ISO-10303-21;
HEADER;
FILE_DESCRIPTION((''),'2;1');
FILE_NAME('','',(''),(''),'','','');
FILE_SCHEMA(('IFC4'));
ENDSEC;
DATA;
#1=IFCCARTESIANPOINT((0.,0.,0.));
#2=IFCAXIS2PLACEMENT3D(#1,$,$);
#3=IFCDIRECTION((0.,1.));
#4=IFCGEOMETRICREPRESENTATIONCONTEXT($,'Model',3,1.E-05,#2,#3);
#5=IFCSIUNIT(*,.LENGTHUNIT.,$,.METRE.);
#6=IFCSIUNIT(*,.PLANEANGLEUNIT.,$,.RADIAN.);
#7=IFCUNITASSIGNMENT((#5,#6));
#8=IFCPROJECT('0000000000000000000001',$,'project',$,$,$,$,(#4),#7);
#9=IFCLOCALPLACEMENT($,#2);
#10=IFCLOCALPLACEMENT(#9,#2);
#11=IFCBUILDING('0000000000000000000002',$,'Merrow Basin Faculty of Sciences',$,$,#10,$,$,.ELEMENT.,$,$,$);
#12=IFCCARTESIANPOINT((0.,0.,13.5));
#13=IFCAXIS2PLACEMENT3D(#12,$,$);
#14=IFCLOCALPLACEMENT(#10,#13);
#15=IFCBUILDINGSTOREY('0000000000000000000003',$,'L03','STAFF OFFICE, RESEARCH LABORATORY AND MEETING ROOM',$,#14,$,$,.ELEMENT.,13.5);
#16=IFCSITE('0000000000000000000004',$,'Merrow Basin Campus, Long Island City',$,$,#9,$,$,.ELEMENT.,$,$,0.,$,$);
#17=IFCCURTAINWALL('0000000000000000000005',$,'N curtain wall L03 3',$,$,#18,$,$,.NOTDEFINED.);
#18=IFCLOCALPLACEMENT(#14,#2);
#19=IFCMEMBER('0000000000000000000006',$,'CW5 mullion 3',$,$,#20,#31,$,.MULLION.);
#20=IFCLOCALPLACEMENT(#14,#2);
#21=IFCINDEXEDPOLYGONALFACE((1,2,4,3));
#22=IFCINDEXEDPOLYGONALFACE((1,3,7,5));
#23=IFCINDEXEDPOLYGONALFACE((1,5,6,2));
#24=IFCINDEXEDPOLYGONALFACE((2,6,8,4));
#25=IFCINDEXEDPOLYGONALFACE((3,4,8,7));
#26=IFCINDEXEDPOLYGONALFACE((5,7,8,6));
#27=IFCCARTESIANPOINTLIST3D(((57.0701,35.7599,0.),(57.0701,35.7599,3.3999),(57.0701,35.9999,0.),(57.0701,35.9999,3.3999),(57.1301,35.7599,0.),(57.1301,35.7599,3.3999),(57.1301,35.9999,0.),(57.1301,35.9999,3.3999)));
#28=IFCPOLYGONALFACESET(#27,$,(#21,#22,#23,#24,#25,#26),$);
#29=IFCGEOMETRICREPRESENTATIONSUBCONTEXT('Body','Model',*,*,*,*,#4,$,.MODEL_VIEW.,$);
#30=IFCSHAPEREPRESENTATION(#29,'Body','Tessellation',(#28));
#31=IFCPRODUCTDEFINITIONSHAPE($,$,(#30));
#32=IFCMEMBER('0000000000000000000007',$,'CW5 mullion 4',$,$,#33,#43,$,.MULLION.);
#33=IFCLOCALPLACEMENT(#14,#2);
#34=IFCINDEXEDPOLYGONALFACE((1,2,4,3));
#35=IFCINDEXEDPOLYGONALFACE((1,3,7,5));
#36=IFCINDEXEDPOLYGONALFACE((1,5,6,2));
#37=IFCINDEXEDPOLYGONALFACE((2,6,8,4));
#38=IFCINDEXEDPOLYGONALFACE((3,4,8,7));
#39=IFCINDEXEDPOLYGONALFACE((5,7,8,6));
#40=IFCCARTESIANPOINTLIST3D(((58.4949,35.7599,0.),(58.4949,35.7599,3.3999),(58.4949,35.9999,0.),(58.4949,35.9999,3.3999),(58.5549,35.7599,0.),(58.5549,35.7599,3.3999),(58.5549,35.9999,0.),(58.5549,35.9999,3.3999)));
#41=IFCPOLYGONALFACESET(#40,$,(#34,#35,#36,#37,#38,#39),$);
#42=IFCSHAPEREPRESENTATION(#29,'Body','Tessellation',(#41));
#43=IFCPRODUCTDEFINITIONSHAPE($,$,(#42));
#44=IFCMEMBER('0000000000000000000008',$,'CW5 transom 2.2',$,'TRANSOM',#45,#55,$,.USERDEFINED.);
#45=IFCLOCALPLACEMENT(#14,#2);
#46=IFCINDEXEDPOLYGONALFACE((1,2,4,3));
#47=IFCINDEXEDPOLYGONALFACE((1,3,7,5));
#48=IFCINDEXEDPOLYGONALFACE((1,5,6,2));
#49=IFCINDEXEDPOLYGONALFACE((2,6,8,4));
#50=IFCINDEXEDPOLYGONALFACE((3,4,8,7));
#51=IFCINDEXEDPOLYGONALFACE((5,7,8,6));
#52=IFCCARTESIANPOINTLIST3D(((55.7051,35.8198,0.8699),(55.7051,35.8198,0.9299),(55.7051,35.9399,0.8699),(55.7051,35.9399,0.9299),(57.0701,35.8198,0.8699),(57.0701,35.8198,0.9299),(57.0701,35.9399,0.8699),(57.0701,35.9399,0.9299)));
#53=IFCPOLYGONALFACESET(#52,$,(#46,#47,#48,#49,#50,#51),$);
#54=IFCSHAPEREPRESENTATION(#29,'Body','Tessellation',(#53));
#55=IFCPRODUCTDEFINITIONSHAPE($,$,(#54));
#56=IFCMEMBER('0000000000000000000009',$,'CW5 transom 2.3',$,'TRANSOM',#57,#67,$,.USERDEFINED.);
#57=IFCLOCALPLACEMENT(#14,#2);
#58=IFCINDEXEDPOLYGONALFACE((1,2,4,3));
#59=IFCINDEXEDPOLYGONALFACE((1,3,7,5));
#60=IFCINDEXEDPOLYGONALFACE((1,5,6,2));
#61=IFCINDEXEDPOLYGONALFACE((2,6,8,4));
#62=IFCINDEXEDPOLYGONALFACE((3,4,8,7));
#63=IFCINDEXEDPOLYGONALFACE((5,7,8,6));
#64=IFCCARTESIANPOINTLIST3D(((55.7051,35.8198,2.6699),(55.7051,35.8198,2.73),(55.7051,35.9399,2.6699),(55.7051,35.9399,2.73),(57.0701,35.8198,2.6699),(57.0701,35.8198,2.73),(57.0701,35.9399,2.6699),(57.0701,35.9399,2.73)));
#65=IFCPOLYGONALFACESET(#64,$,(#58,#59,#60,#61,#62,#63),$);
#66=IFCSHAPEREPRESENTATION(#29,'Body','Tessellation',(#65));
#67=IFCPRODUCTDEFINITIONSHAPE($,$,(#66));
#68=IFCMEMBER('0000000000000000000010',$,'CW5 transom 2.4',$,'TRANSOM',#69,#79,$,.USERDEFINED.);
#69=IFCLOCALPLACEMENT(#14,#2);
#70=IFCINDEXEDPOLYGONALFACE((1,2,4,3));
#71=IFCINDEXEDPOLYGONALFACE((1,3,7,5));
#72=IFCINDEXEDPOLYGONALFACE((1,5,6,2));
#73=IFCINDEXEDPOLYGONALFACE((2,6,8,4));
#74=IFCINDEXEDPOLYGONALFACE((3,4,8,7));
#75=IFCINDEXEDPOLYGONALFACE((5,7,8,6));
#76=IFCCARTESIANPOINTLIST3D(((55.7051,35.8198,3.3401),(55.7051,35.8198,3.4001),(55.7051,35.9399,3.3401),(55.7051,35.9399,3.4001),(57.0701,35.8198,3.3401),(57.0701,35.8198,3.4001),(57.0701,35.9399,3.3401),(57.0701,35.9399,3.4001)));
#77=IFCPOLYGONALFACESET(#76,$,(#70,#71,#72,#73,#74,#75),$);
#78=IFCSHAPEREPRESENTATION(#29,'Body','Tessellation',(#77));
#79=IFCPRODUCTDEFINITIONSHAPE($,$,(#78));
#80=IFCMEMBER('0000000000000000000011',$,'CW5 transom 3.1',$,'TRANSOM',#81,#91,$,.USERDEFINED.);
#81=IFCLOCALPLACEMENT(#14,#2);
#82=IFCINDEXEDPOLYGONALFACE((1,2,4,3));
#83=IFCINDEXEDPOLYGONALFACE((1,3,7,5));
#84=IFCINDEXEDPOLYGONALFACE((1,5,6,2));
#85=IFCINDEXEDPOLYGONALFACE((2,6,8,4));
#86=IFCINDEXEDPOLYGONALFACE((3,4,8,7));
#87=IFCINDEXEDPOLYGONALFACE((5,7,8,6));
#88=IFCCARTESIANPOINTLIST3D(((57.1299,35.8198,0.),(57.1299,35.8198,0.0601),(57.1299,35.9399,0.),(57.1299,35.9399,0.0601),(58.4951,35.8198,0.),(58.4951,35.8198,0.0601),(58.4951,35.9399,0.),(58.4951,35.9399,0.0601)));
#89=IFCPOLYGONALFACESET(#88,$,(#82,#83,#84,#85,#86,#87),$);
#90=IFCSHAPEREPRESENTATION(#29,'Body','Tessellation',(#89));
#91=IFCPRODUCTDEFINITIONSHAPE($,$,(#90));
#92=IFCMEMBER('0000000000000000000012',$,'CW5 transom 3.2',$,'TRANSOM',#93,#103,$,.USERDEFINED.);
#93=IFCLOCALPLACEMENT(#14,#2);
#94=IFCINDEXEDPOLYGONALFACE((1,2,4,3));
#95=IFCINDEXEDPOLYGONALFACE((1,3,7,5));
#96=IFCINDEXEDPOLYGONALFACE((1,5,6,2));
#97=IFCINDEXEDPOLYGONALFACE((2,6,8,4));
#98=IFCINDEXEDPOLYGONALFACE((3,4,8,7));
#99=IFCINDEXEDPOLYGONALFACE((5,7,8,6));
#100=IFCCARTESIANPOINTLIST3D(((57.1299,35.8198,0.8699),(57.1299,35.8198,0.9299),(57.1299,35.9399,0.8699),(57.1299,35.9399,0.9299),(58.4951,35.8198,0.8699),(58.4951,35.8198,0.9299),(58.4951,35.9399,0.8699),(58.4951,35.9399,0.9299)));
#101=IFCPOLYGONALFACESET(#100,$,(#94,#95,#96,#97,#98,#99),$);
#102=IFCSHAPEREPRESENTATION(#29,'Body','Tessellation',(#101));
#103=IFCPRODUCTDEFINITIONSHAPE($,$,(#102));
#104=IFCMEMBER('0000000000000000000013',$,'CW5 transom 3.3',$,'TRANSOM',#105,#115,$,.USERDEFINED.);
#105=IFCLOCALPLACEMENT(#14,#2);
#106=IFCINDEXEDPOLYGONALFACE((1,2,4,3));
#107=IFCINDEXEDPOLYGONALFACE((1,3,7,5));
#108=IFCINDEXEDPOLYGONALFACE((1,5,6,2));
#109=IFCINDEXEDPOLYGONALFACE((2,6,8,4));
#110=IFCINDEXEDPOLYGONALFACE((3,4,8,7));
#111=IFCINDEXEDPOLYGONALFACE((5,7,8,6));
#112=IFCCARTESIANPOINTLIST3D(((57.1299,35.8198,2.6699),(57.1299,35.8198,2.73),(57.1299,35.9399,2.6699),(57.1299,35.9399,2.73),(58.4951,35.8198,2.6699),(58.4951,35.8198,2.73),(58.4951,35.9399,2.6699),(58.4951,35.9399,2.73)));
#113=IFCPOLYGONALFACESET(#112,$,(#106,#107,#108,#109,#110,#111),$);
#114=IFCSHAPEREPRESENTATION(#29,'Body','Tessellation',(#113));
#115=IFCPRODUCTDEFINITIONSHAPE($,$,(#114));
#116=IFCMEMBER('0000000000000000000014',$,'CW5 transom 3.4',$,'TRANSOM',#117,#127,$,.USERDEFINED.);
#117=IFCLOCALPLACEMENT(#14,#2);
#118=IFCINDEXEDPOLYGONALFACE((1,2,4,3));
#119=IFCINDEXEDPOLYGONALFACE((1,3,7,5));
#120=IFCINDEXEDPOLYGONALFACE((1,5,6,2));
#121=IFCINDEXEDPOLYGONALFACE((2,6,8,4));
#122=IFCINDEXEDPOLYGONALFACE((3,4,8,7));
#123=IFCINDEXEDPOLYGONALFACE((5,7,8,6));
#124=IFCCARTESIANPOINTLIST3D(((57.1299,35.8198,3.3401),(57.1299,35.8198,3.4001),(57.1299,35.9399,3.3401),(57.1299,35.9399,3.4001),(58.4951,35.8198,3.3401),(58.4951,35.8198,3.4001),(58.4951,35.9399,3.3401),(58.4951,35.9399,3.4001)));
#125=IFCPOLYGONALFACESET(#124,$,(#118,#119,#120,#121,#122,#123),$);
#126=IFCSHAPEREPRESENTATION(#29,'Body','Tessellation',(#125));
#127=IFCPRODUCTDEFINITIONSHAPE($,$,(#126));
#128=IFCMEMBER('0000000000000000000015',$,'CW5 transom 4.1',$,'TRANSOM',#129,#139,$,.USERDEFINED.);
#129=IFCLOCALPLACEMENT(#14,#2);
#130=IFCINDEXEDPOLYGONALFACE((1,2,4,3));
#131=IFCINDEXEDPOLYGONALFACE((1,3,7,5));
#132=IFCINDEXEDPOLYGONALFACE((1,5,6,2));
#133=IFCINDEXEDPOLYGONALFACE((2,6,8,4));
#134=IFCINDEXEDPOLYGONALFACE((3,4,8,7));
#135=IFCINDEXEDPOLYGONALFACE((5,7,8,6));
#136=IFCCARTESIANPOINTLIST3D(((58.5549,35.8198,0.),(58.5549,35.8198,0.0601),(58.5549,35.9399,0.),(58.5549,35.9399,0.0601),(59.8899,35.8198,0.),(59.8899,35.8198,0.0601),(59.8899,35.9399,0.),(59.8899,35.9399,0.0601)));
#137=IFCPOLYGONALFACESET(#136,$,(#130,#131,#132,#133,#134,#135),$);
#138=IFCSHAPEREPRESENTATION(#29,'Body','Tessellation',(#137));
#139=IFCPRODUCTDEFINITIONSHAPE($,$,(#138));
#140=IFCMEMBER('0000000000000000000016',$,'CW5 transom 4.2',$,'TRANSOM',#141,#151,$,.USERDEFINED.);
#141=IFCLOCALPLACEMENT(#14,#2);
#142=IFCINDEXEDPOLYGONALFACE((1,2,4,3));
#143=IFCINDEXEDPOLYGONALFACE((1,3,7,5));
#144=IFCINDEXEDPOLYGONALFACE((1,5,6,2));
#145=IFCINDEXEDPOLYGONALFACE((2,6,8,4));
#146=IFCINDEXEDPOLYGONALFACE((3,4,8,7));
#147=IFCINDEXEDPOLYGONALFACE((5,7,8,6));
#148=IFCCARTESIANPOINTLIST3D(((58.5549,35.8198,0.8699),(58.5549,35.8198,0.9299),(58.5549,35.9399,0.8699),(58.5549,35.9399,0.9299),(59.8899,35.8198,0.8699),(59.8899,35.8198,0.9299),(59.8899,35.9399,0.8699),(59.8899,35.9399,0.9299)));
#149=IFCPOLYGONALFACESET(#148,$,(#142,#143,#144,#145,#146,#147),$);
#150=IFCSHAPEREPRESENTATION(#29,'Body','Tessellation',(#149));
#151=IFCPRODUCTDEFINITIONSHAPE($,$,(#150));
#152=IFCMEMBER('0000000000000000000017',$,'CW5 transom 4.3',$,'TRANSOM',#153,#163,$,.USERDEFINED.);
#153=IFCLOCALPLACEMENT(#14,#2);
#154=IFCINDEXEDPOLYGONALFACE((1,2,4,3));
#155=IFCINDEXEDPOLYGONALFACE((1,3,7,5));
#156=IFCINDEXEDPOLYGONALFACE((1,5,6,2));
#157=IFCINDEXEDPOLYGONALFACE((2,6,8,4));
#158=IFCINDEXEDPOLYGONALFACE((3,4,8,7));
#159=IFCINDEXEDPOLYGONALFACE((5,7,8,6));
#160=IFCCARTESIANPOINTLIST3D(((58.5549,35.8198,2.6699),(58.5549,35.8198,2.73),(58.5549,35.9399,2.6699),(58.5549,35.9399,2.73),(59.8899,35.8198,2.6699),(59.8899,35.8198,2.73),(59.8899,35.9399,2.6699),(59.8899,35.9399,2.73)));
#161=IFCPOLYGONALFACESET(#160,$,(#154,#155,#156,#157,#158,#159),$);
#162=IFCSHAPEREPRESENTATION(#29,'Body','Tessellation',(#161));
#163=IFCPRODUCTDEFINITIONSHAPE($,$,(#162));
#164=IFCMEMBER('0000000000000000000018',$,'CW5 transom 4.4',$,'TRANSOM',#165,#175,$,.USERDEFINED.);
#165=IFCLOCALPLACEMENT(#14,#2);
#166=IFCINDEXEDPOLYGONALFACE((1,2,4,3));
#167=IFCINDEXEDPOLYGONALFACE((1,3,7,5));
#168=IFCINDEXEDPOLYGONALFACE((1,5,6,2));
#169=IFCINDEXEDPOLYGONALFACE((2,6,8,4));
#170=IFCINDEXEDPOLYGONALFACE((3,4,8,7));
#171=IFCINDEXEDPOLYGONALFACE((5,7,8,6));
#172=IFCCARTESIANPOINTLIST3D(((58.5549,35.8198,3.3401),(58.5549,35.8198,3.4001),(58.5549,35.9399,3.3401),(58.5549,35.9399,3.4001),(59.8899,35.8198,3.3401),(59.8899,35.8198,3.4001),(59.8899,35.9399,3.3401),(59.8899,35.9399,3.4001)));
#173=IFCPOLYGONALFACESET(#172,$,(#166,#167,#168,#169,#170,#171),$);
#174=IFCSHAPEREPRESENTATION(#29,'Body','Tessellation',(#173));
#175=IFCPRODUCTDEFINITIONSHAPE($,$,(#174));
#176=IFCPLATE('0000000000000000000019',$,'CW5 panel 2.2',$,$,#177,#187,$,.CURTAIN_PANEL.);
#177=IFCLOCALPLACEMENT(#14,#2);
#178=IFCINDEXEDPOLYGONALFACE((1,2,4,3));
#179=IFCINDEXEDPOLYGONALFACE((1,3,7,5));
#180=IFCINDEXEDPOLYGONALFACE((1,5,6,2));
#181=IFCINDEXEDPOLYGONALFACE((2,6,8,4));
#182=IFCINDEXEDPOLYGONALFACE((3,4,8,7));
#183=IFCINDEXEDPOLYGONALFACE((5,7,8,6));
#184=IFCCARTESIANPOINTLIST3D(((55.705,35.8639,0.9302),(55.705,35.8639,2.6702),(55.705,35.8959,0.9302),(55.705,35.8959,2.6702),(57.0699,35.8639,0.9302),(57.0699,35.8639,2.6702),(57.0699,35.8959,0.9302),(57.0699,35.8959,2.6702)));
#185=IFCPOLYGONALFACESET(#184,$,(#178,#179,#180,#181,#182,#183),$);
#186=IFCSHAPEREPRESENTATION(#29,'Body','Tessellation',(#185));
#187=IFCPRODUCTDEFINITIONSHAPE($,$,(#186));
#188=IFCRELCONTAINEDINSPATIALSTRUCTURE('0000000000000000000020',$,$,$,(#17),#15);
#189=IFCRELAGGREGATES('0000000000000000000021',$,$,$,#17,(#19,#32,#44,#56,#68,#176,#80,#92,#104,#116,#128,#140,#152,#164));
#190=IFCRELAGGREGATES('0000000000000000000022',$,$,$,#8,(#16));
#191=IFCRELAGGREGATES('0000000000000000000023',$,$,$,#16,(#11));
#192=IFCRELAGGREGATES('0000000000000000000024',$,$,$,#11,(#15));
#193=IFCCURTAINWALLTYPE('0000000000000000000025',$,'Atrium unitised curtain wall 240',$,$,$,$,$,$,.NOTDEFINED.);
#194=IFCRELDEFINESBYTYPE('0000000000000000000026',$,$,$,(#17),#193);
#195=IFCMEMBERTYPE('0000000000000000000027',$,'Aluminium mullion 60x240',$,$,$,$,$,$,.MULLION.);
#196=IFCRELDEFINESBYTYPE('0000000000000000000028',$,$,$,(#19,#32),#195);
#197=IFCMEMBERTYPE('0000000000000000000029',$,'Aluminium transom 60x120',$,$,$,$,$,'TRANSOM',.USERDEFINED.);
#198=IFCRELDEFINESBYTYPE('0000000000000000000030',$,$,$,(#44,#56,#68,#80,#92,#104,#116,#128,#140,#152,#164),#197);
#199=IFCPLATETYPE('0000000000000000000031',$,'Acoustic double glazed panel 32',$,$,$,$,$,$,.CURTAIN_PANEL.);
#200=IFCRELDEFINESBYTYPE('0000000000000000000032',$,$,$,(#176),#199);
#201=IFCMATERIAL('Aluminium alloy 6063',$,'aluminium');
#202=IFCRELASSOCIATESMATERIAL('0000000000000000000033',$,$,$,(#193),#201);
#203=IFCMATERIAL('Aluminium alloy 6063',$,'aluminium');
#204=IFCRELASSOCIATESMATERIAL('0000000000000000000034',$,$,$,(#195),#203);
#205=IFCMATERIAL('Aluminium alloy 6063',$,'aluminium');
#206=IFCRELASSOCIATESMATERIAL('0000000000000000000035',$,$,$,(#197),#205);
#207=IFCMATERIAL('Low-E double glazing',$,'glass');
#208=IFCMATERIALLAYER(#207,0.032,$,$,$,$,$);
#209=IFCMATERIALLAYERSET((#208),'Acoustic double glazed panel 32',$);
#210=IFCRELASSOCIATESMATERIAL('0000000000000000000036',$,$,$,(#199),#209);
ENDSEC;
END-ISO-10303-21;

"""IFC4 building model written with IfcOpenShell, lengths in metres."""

from ifc_helpers import new_model, si_unit, direction, frame, origin, origin_2d, place, context, subcontext, project, spatial, rectangle, extrude, material, layer, layer_set, material_profile, profile_set, type_object, element, aggregate, save


model = new_model("IFC4")

# Units and contexts
model_context = context("Model", 3, precision=1e-05, world=origin(), true_north=direction((0.0, 1.0)))
body_context = subcontext(model_context, "Body", "Model", "MODEL_VIEW")
ifc_project = project(units=[si_unit("LENGTHUNIT", "METRE"), si_unit("PLANEANGLEUNIT", "RADIAN")], contexts=[model_context])

# Site, building, storey
site_placement = place(None, origin())
site = spatial("IfcSite", under=ifc_project, at=site_placement, Name="Merrow Basin Campus, Long Island City", CompositionType="ELEMENT", RefElevation=0.0)
building_placement = place(site_placement, origin())
building = spatial("IfcBuilding", under=site, at=building_placement, Name="Merrow Basin Faculty of Sciences", CompositionType="ELEMENT")
storey_placement = place(building_placement, frame((0.0, 0.0, 13.5)))
storey = spatial("IfcBuildingStorey", under=building, at=storey_placement, Name="L03", Description="STAFF OFFICE, RESEARCH LABORATORY AND MEETING ROOM", CompositionType="ELEMENT", Elevation=13.5)

# Curtain wall, members, plate
ifc_material_1 = material(Name="Aluminium alloy 6063", Category="aluminium")
curtain_wall_type = type_object("IfcCurtainWallType", Name="Atrium unitised curtain wall 240", PredefinedType="NOTDEFINED", material=ifc_material_1)
curtain_wall_placement = place(storey_placement, origin())
curtain_wall = element("IfcCurtainWall", 1, at=curtain_wall_placement, inside=storey, type_object=curtain_wall_type, Name="N curtain wall L03 3", PredefinedType="NOTDEFINED")
ifc_material_2 = material(Name="Aluminium alloy 6063", Category="aluminium")
ifc_material_profile_1 = material_profile(ifc_material_2, rectangle(XDim=0.24, YDim=0.0601, at=origin_2d()))
ifc_profile_set_1 = profile_set([ifc_material_profile_1], Name="Aluminium alloy 6063")
member_type_1 = type_object("IfcMemberType", Name="Aluminium mullion 60x240", PredefinedType="MULLION", material=ifc_profile_set_1)
member_1_placement = place(storey_placement, frame((57.1001, 35.8799, 0.0), z_axis=(0.0, 0.0, 1.0), x_axis=(0.0, 1.0, 0.0)))
member_1 = element("IfcMember", 2, at=member_1_placement, type_object=member_type_1, Name="CW5 mullion 3", PredefinedType="MULLION", context=body_context, shape_type="SweptSolid", body=[
    extrude(rectangle(XDim=0.24, YDim=0.0601, at=origin_2d()), origin(), (0.0, 0.0, 1.0), 3.3999),
])
member_2_placement = place(storey_placement, frame((58.5249, 35.8799, 0.0), z_axis=(0.0, 0.0, 1.0), x_axis=(0.0, 1.0, 0.0)))
member_2 = element("IfcMember", 3, at=member_2_placement, type_object=member_type_1, Name="CW5 mullion 4", PredefinedType="MULLION", context=body_context, shape_type="SweptSolid", body=[
    extrude(rectangle(XDim=0.24, YDim=0.0601, at=origin_2d()), origin(), (0.0, 0.0, 1.0), 3.3999),
])
ifc_material_3 = material(Name="Aluminium alloy 6063", Category="aluminium")
ifc_material_profile_2 = material_profile(ifc_material_3, rectangle(XDim=0.1201, YDim=0.0601, at=origin_2d()))
ifc_profile_set_2 = profile_set([ifc_material_profile_2], Name="Aluminium alloy 6063")
member_type_2 = type_object("IfcMemberType", Name="Aluminium transom 60x120", ElementType="TRANSOM", PredefinedType="USERDEFINED", material=ifc_profile_set_2)
member_3_placement = place(storey_placement, frame((55.7051, 35.8799, 0.8999), z_axis=(1.0, 0.0, 0.0), x_axis=(0.0, 1.0, 0.0)))
member_3 = element("IfcMember", 4, at=member_3_placement, type_object=member_type_2, Name="CW5 transom 2.2", ObjectType="TRANSOM", PredefinedType="USERDEFINED", context=body_context, shape_type="SweptSolid", body=[
    extrude(rectangle(XDim=0.1201, YDim=0.0601, at=origin_2d()), origin(), (0.0, 0.0, 1.0), 1.365),
])
member_4_placement = place(storey_placement, frame((55.7051, 35.8799, 2.7), z_axis=(1.0, 0.0, 0.0), x_axis=(0.0, 1.0, 0.0)))
member_4 = element("IfcMember", 5, at=member_4_placement, type_object=member_type_2, Name="CW5 transom 2.3", ObjectType="TRANSOM", PredefinedType="USERDEFINED", context=body_context, shape_type="SweptSolid", body=[
    extrude(rectangle(XDim=0.1201, YDim=0.0601, at=origin_2d()), origin(), (0.0, 0.0, 1.0), 1.365),
])
member_5_placement = place(storey_placement, frame((55.7051, 35.8799, 3.3701), z_axis=(1.0, 0.0, 0.0), x_axis=(0.0, 1.0, 0.0)))
member_5 = element("IfcMember", 6, at=member_5_placement, type_object=member_type_2, Name="CW5 transom 2.4", ObjectType="TRANSOM", PredefinedType="USERDEFINED", context=body_context, shape_type="SweptSolid", body=[
    extrude(rectangle(XDim=0.1201, YDim=0.0601, at=origin_2d()), origin(), (0.0, 0.0, 1.0), 1.365),
])
member_6_placement = place(storey_placement, frame((57.1299, 35.8799, 0.03), z_axis=(1.0, 0.0, 0.0), x_axis=(0.0, 1.0, 0.0)))
member_6 = element("IfcMember", 7, at=member_6_placement, type_object=member_type_2, Name="CW5 transom 3.1", ObjectType="TRANSOM", PredefinedType="USERDEFINED", context=body_context, shape_type="SweptSolid", body=[
    extrude(rectangle(XDim=0.1201, YDim=0.0601, at=origin_2d()), origin(), (0.0, 0.0, 1.0), 1.3652),
])
member_7_placement = place(storey_placement, frame((57.1299, 35.8799, 0.8999), z_axis=(1.0, 0.0, 0.0), x_axis=(0.0, 1.0, 0.0)))
member_7 = element("IfcMember", 8, at=member_7_placement, type_object=member_type_2, Name="CW5 transom 3.2", ObjectType="TRANSOM", PredefinedType="USERDEFINED", context=body_context, shape_type="SweptSolid", body=[
    extrude(rectangle(XDim=0.1201, YDim=0.0601, at=origin_2d()), origin(), (0.0, 0.0, 1.0), 1.3652),
])
member_8_placement = place(storey_placement, frame((57.1299, 35.8799, 2.7), z_axis=(1.0, 0.0, 0.0), x_axis=(0.0, 1.0, 0.0)))
member_8 = element("IfcMember", 9, at=member_8_placement, type_object=member_type_2, Name="CW5 transom 3.3", ObjectType="TRANSOM", PredefinedType="USERDEFINED", context=body_context, shape_type="SweptSolid", body=[
    extrude(rectangle(XDim=0.1201, YDim=0.0601, at=origin_2d()), origin(), (0.0, 0.0, 1.0), 1.3652),
])
member_9_placement = place(storey_placement, frame((57.1299, 35.8799, 3.3701), z_axis=(1.0, 0.0, 0.0), x_axis=(0.0, 1.0, 0.0)))
member_9 = element("IfcMember", 10, at=member_9_placement, type_object=member_type_2, Name="CW5 transom 3.4", ObjectType="TRANSOM", PredefinedType="USERDEFINED", context=body_context, shape_type="SweptSolid", body=[
    extrude(rectangle(XDim=0.1201, YDim=0.0601, at=origin_2d()), origin(), (0.0, 0.0, 1.0), 1.3652),
])
member_10_placement = place(storey_placement, frame((58.5549, 35.8799, 0.03), z_axis=(1.0, 0.0, 0.0), x_axis=(0.0, 1.0, 0.0)))
member_10 = element("IfcMember", 11, at=member_10_placement, type_object=member_type_2, Name="CW5 transom 4.1", ObjectType="TRANSOM", PredefinedType="USERDEFINED", context=body_context, shape_type="SweptSolid", body=[
    extrude(rectangle(XDim=0.1201, YDim=0.0601, at=origin_2d()), origin(), (0.0, 0.0, 1.0), 1.335),
])
member_11_placement = place(storey_placement, frame((58.5549, 35.8799, 0.8999), z_axis=(1.0, 0.0, 0.0), x_axis=(0.0, 1.0, 0.0)))
member_11 = element("IfcMember", 12, at=member_11_placement, type_object=member_type_2, Name="CW5 transom 4.2", ObjectType="TRANSOM", PredefinedType="USERDEFINED", context=body_context, shape_type="SweptSolid", body=[
    extrude(rectangle(XDim=0.1201, YDim=0.0601, at=origin_2d()), origin(), (0.0, 0.0, 1.0), 1.335),
])
member_12_placement = place(storey_placement, frame((58.5549, 35.8799, 2.7), z_axis=(1.0, 0.0, 0.0), x_axis=(0.0, 1.0, 0.0)))
member_12 = element("IfcMember", 13, at=member_12_placement, type_object=member_type_2, Name="CW5 transom 4.3", ObjectType="TRANSOM", PredefinedType="USERDEFINED", context=body_context, shape_type="SweptSolid", body=[
    extrude(rectangle(XDim=0.1201, YDim=0.0601, at=origin_2d()), origin(), (0.0, 0.0, 1.0), 1.335),
])
member_13_placement = place(storey_placement, frame((58.5549, 35.8799, 3.3701), z_axis=(1.0, 0.0, 0.0), x_axis=(0.0, 1.0, 0.0)))
member_13 = element("IfcMember", 14, at=member_13_placement, type_object=member_type_2, Name="CW5 transom 4.4", ObjectType="TRANSOM", PredefinedType="USERDEFINED", context=body_context, shape_type="SweptSolid", body=[
    extrude(rectangle(XDim=0.1201, YDim=0.0601, at=origin_2d()), origin(), (0.0, 0.0, 1.0), 1.335),
])
ifc_material_4 = material(Name="Low-E double glazing", Category="glass")
ifc_layer_1 = layer(ifc_material_4, 0.032)
ifc_layer_set_1 = layer_set([ifc_layer_1], Name="Acoustic double glazed panel 32")
plate_type_1 = type_object("IfcPlateType", Name="Acoustic double glazed panel 32", PredefinedType="CURTAIN_PANEL", material=ifc_layer_set_1)
plate_1_placement = place(storey_placement, frame((56.3875, 35.8799, 0.9302), z_axis=(0.0, 0.0, 1.0), x_axis=(1.0, 0.0, 0.0)))
plate_1 = element("IfcPlate", 15, at=plate_1_placement, type_object=plate_type_1, Name="CW5 panel 2.2", PredefinedType="CURTAIN_PANEL", context=body_context, shape_type="SweptSolid", body=[
    extrude(rectangle(XDim=1.365, YDim=0.032, at=origin_2d()), origin(), (0.0, 0.0, 1.0), 1.74),
])
aggregate(curtain_wall, [member_1, member_2, member_3, member_4, member_5, plate_1, member_6, member_7, member_8, member_9, member_10, member_11, member_12, member_13])

save(model, "model.ifc")
